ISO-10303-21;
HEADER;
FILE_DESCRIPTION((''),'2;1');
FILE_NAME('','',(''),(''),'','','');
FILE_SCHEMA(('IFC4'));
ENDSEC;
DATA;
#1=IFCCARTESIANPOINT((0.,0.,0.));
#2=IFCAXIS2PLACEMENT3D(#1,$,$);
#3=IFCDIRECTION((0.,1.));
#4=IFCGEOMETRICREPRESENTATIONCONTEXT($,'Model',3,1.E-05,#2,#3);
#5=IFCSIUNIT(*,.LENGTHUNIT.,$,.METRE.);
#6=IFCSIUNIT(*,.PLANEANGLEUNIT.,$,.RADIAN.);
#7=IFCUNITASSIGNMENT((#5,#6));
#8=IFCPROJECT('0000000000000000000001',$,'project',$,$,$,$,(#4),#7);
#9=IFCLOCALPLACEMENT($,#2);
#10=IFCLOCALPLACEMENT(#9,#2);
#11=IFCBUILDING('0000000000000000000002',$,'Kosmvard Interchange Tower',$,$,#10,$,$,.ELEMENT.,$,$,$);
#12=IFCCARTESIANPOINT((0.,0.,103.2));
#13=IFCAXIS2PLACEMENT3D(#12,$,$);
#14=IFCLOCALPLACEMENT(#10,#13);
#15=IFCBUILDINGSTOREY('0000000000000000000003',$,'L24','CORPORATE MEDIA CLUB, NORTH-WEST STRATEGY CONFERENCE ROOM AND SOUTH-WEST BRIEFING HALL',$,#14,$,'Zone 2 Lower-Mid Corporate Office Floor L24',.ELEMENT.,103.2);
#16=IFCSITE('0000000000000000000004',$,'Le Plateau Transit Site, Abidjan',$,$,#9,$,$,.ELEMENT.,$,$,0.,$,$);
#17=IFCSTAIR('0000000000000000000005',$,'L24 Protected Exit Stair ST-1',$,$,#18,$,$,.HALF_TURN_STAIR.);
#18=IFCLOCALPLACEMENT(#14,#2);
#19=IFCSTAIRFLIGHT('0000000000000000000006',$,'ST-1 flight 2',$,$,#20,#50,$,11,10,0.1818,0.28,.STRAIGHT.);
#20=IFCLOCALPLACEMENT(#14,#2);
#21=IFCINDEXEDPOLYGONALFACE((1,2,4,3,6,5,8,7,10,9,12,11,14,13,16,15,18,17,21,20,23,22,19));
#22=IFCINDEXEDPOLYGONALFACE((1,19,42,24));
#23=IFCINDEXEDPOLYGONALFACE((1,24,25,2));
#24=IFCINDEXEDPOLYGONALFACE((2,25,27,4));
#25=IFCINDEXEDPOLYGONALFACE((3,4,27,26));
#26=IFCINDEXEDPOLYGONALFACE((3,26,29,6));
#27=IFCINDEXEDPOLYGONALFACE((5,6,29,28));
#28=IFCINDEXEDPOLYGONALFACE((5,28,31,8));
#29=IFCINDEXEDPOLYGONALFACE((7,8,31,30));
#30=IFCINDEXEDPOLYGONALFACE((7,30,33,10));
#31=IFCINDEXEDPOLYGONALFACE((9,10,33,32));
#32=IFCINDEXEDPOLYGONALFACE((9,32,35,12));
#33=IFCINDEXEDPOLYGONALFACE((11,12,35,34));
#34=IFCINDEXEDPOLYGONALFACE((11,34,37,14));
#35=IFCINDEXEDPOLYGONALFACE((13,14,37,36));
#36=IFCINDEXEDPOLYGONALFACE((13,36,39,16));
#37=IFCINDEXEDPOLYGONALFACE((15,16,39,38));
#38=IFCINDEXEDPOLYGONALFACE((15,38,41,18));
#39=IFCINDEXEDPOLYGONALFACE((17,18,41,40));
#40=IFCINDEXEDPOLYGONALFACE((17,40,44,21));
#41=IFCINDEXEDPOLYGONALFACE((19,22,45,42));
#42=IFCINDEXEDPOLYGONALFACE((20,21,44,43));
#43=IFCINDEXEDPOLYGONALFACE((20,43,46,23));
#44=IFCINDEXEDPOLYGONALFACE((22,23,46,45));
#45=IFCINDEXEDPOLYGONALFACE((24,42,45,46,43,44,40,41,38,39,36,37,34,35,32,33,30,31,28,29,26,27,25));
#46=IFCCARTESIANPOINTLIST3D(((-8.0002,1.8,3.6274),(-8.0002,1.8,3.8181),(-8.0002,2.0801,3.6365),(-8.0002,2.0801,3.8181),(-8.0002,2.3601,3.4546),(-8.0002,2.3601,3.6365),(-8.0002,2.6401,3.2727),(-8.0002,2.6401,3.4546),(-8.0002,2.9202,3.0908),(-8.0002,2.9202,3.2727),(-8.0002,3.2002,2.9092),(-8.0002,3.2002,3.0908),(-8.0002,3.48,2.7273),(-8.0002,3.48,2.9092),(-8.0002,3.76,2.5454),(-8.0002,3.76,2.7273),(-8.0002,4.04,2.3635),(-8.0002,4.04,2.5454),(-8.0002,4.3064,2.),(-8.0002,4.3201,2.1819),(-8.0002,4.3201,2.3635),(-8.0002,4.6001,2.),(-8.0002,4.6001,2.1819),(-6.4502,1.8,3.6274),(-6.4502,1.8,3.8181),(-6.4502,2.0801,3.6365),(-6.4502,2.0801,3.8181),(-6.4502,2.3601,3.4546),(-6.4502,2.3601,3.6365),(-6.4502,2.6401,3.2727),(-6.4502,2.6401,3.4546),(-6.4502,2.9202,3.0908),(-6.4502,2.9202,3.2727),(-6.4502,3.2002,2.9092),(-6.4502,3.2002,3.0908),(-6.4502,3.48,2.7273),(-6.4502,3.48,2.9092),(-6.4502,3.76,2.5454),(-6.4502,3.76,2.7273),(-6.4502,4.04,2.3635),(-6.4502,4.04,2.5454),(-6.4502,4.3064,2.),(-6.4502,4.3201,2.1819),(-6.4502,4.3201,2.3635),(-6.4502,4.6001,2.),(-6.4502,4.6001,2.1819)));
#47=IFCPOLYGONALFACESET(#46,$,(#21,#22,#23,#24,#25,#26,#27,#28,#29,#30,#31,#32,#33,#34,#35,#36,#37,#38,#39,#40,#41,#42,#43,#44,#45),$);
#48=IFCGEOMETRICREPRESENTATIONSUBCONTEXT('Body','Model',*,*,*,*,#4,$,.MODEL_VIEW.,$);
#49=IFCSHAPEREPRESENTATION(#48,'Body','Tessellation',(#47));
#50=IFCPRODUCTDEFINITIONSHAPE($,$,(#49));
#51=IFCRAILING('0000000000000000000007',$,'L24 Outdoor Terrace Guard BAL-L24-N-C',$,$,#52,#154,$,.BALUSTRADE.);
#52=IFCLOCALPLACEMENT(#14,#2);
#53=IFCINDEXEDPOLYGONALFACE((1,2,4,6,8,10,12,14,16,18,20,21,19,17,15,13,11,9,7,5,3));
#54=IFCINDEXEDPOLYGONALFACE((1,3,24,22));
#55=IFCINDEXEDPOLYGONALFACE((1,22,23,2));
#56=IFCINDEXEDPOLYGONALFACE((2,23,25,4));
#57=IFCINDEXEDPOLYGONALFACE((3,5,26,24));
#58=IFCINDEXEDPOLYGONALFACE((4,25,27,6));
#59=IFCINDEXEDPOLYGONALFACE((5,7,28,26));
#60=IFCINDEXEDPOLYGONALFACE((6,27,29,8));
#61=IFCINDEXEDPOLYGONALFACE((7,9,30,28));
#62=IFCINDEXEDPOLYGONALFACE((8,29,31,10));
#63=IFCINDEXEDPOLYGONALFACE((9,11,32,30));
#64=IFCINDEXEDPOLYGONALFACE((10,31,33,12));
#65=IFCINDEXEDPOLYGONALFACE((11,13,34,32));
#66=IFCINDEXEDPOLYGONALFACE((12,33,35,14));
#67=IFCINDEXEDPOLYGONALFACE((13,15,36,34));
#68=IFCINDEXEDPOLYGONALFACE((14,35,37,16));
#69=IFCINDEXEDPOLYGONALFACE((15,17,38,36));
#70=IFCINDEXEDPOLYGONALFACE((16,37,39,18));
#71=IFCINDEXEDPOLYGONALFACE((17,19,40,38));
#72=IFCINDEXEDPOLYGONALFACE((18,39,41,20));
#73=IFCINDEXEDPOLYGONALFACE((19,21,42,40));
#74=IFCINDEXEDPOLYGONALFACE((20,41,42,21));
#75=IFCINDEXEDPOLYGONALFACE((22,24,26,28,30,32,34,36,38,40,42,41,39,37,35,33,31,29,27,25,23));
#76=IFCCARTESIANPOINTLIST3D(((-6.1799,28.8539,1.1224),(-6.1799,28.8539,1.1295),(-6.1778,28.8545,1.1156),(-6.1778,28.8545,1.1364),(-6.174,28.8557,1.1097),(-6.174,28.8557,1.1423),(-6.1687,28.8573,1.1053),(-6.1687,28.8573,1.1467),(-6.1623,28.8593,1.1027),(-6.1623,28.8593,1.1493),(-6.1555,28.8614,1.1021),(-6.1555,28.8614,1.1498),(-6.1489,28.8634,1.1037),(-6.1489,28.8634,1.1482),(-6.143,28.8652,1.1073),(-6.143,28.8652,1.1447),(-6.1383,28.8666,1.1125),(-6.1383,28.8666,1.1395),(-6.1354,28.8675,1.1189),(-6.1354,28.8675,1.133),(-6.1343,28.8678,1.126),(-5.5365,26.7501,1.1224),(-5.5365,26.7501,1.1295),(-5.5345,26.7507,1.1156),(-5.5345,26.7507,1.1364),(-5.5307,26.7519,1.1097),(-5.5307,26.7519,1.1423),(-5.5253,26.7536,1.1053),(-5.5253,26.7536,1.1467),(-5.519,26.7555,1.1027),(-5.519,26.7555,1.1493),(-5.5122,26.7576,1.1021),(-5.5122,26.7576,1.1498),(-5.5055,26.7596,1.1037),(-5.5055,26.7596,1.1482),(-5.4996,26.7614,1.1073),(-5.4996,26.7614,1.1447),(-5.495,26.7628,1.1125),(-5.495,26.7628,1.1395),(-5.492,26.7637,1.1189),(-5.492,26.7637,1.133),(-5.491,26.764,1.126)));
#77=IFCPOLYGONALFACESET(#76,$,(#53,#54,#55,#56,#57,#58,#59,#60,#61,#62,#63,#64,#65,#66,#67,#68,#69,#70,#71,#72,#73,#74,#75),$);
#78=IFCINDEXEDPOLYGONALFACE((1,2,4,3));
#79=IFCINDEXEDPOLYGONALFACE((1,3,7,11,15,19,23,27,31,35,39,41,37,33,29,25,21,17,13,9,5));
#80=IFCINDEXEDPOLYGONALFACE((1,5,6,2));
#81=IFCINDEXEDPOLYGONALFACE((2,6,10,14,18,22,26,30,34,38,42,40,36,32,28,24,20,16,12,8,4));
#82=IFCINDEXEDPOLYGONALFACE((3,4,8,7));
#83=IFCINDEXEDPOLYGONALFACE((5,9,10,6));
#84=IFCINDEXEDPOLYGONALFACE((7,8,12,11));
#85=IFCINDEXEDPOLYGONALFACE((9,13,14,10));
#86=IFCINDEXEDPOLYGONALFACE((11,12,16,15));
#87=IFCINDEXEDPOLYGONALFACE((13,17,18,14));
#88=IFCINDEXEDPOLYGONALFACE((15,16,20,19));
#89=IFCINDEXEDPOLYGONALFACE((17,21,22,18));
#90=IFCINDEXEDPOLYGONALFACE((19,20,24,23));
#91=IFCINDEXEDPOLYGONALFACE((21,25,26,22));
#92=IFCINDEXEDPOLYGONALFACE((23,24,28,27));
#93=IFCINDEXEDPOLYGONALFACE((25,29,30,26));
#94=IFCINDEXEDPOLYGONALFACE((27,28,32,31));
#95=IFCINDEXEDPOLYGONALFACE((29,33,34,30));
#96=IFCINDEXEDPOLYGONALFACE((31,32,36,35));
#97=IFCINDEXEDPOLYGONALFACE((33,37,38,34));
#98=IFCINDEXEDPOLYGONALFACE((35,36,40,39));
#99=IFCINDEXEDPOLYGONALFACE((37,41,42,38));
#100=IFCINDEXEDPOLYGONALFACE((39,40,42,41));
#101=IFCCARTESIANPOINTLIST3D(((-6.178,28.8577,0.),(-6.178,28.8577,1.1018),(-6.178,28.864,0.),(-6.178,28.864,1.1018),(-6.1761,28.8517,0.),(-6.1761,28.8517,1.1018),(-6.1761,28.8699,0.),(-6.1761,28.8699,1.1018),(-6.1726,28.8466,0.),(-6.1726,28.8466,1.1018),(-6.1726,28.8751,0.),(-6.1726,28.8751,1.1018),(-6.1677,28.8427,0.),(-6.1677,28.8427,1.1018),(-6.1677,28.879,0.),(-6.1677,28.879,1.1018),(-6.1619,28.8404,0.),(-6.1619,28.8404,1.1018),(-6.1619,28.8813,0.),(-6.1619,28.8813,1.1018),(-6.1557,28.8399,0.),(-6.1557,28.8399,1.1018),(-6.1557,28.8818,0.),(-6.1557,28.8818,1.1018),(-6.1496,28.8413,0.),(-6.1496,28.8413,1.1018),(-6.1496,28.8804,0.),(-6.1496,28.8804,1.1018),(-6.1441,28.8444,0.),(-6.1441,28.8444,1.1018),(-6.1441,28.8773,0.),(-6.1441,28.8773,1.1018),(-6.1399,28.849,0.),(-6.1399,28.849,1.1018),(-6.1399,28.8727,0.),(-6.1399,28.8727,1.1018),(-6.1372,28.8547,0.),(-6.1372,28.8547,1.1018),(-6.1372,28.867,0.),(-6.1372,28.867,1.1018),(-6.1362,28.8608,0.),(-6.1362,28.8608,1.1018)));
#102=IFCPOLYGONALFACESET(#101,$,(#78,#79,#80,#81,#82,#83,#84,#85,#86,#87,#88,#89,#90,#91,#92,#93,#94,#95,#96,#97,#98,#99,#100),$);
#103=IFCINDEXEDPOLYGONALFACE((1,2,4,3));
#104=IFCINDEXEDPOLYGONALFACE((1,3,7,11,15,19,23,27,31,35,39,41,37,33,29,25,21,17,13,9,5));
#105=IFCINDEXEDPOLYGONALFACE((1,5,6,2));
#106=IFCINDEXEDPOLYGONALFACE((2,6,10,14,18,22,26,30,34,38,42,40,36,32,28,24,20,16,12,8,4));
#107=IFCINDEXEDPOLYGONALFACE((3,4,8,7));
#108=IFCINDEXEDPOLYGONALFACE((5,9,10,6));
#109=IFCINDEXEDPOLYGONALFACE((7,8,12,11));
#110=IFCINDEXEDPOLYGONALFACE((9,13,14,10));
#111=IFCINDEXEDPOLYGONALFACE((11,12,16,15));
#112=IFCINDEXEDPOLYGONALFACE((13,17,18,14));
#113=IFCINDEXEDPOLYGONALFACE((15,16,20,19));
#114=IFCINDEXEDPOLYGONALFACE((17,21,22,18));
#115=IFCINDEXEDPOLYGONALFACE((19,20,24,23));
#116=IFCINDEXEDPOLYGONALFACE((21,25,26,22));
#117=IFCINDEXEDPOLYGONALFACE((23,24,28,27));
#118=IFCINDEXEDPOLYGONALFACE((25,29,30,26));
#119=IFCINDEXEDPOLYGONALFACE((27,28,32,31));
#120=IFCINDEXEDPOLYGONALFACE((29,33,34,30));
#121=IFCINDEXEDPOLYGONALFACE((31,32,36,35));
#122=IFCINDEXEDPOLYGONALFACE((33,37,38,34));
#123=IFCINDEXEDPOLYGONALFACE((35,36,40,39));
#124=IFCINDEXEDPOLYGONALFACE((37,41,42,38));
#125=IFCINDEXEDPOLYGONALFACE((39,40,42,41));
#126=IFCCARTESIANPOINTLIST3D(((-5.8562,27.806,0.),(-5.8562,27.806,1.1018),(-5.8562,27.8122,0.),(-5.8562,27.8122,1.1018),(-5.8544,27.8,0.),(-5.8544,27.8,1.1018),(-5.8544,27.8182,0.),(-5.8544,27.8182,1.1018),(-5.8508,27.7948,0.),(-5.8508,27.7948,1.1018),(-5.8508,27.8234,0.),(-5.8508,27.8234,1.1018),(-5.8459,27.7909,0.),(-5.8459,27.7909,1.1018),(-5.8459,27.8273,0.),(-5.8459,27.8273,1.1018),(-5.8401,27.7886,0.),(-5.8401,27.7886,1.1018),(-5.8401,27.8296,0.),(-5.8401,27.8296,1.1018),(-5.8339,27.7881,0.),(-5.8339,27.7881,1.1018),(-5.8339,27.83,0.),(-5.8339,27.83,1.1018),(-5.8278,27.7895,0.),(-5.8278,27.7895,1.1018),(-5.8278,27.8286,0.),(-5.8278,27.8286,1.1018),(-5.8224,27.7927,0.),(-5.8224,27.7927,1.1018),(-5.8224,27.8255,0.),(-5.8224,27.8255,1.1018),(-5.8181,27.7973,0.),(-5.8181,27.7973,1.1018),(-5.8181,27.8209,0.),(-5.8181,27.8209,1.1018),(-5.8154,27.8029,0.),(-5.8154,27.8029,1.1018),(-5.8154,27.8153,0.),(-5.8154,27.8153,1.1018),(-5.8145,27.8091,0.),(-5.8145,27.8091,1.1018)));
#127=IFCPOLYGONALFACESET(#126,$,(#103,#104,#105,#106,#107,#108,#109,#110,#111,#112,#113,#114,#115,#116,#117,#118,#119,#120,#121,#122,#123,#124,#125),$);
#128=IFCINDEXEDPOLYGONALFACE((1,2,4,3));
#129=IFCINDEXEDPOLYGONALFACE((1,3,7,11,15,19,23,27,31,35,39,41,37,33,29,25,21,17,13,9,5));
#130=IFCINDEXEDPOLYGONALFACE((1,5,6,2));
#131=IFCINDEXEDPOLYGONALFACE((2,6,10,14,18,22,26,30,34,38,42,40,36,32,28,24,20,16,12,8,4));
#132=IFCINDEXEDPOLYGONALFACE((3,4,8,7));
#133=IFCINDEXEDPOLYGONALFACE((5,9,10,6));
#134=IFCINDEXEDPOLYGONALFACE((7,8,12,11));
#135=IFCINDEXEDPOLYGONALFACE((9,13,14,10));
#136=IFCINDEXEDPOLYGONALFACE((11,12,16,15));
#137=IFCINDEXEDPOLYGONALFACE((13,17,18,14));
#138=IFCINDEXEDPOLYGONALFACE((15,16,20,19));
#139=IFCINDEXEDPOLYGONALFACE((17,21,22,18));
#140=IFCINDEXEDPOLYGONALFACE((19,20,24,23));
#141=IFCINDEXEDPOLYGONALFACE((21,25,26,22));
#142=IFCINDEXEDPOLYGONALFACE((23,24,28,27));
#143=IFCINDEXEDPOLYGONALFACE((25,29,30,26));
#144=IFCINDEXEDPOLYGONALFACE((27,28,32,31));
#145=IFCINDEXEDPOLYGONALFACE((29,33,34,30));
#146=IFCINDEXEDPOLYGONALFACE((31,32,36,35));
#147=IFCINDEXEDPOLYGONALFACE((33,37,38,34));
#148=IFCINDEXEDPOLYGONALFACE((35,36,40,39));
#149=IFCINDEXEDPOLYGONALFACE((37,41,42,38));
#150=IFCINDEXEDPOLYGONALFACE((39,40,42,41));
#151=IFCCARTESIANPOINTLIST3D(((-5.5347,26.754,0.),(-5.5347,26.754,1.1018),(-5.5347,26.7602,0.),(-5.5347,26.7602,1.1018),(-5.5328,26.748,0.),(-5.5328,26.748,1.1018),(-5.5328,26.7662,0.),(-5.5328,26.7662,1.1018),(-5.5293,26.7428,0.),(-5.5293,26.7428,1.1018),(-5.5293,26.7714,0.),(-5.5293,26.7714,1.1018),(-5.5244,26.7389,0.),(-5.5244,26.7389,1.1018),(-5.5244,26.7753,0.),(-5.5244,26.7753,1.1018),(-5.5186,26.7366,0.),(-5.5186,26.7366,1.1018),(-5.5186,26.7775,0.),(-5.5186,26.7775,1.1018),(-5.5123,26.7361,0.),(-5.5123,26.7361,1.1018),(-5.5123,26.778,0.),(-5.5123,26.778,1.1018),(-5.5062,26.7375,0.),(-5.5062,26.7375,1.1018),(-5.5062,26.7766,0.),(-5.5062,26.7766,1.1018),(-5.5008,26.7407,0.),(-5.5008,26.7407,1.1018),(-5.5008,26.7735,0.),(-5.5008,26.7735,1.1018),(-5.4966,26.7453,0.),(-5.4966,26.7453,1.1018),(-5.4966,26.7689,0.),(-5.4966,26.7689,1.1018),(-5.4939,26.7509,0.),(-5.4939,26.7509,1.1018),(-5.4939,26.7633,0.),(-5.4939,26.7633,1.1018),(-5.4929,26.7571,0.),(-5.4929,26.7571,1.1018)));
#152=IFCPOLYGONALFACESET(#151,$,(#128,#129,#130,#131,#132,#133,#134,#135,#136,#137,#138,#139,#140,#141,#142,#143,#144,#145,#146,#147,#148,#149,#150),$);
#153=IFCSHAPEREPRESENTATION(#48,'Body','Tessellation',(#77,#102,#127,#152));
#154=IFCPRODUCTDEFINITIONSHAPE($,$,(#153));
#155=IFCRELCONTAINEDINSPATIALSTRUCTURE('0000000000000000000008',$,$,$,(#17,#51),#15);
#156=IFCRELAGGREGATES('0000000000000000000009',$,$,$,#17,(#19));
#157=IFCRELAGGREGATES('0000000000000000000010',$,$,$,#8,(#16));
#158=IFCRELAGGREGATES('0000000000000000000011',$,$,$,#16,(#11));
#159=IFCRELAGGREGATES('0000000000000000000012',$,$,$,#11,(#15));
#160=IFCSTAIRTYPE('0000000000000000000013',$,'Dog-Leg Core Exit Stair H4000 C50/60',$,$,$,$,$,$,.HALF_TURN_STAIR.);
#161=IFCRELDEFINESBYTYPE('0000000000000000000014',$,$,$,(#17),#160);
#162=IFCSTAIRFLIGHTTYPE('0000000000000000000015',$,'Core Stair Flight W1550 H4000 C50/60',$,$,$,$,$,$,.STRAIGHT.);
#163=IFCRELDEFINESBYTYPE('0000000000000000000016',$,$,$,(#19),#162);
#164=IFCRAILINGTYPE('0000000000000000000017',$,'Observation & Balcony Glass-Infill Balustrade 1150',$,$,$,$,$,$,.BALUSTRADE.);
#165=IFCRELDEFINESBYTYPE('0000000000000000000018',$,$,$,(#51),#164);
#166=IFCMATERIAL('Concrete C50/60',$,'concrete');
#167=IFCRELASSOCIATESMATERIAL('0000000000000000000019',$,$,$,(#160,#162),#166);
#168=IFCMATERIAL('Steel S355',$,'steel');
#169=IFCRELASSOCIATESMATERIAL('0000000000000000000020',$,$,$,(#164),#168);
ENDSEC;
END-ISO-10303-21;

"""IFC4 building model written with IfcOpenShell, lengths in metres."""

from ifc_helpers import new_model, si_unit, direction, frame, origin, origin_2d, place, context, subcontext, project, spatial, polyline, circle, outline, extrude, source, transform, mapped, material, type_object, element, aggregate, save


model = new_model("IFC4")

# Units and contexts
model_context = context("Model", 3, precision=1e-05, world=origin(), true_north=direction((0.0, 1.0)))
body_context = subcontext(model_context, "Body", "Model", "MODEL_VIEW")
ifc_project = project(units=[si_unit("LENGTHUNIT", "METRE"), si_unit("PLANEANGLEUNIT", "RADIAN")], contexts=[model_context])

# Site, building, storey
site_placement = place(None, origin())
site = spatial("IfcSite", under=ifc_project, at=site_placement, Name="Le Plateau Transit Site, Abidjan", CompositionType="ELEMENT", RefElevation=0.0)
building_placement = place(site_placement, origin())
building = spatial("IfcBuilding", under=site, at=building_placement, Name="Kosmvard Interchange Tower", CompositionType="ELEMENT")
storey_placement = place(building_placement, frame((0.0, 0.0, 103.2)))
storey = spatial("IfcBuildingStorey", under=building, at=storey_placement, Name="L24", Description="CORPORATE MEDIA CLUB, NORTH-WEST STRATEGY CONFERENCE ROOM AND SOUTH-WEST BRIEFING HALL", LongName="Zone 2 Lower-Mid Corporate Office Floor L24", CompositionType="ELEMENT", Elevation=103.2)

# Shared definitions
ifc_material_1 = material(Name="Steel S355", Category="steel")

# Stair, stair flight
ifc_material_2 = material(Name="Concrete C50/60", Category="concrete")
stair_type = type_object("IfcStairType", Name="Dog-Leg Core Exit Stair H4000 C50/60", PredefinedType="HALF_TURN_STAIR", material=ifc_material_2)
stair_placement = place(storey_placement, origin())
stair = element("IfcStair", 1, at=stair_placement, inside=storey, type_object=stair_type, Name="L24 Protected Exit Stair ST-1", PredefinedType="HALF_TURN_STAIR")
stair_flight_type = type_object("IfcStairFlightType", Name="Core Stair Flight W1550 H4000 C50/60", PredefinedType="STRAIGHT", material=ifc_material_2)
shared_shape_1 = source(origin(), body_context, "Body", "SweptSolid", [
    extrude(outline(polyline([(0.0, 0.0), (0.0, 0.1819), (0.28, 0.1819), (0.28, 0.3635), (0.5601, 0.3635), (0.5601, 0.5454), (0.8401, 0.5454), (0.8401, 0.7273), (1.1201, 0.7273), (1.1201, 0.9092), (1.3999, 0.9092), (1.3999, 1.0908), (1.6799, 1.0908), (1.6799, 1.2727), (1.96, 1.2727), (1.96, 1.4546), (2.24, 1.4546), (2.24, 1.6365), (2.52, 1.6365), (2.52, 1.8181), (2.8, 1.8181), (2.8, 2.0), (2.8, 1.6274), (0.2937, 0.0), (0.0, 0.0)])), frame((0.0, 0.7749, 0.0), z_axis=(0.0, -1.0, 0.0), x_axis=(1.0, 0.0, 0.0)), (0.0, 0.0, 1.0), 1.55),
])
stair_flight_placement = place(storey_placement, frame((-7.2251, 4.6001, 2.0), z_axis=(0.0, 0.0, 1.0), x_axis=(0.0, -1.0, 0.0)))
stair_flight = element("IfcStairFlight", 2, at=stair_flight_placement, type_object=stair_flight_type, Name="ST-1 flight 2", NumberOfRisers=11, NumberOfTreads=10, PredefinedType="STRAIGHT", RiserHeight=0.1818, TreadLength=0.28, context=body_context, shape_type="MappedRepresentation", body=[
    mapped(shared_shape_1, transform((0.0, 0.0, 0.0), scale=1.0)),
])
aggregate(stair, [stair_flight])

# Railing
railing_type_1 = type_object("IfcRailingType", Name="Observation & Balcony Glass-Infill Balustrade 1150", PredefinedType="BALUSTRADE", material=ifc_material_1)
shared_shape_2 = source(origin(), body_context, "Body", "SweptSolid", [
    extrude(circle(Radius=0.0239, at=origin_2d()), frame((0.0, 0.0, 1.126), z_axis=(0.292424, -0.956289, 0.0), x_axis=(0.956289, 0.292424, 0.0)), (0.0, 0.0, 1.0), 2.2),
    extrude(circle(Radius=0.021, at=origin_2d()), origin(), (0.0, 0.0, 1.0), 1.1018),
    extrude(circle(Radius=0.021, at=origin_2d()), frame((0.3218, -1.0518, 0.0)), (0.0, 0.0, 1.0), 1.1018),
    extrude(circle(Radius=0.021, at=origin_2d()), frame((0.6433, -2.1038, 0.0)), (0.0, 0.0, 1.0), 1.1018),
])
railing_1_placement = place(storey_placement, frame((-6.1572, 28.8608, 0.0)))
element("IfcRailing", 3, at=railing_1_placement, inside=storey, type_object=railing_type_1, Name="L24 Outdoor Terrace Guard BAL-L24-N-C", PredefinedType="BALUSTRADE", context=body_context, shape_type="MappedRepresentation", body=[
    mapped(shared_shape_2, transform((0.0, 0.0, 0.0), scale=1.0)),
])

save(model, "model.ifc")
